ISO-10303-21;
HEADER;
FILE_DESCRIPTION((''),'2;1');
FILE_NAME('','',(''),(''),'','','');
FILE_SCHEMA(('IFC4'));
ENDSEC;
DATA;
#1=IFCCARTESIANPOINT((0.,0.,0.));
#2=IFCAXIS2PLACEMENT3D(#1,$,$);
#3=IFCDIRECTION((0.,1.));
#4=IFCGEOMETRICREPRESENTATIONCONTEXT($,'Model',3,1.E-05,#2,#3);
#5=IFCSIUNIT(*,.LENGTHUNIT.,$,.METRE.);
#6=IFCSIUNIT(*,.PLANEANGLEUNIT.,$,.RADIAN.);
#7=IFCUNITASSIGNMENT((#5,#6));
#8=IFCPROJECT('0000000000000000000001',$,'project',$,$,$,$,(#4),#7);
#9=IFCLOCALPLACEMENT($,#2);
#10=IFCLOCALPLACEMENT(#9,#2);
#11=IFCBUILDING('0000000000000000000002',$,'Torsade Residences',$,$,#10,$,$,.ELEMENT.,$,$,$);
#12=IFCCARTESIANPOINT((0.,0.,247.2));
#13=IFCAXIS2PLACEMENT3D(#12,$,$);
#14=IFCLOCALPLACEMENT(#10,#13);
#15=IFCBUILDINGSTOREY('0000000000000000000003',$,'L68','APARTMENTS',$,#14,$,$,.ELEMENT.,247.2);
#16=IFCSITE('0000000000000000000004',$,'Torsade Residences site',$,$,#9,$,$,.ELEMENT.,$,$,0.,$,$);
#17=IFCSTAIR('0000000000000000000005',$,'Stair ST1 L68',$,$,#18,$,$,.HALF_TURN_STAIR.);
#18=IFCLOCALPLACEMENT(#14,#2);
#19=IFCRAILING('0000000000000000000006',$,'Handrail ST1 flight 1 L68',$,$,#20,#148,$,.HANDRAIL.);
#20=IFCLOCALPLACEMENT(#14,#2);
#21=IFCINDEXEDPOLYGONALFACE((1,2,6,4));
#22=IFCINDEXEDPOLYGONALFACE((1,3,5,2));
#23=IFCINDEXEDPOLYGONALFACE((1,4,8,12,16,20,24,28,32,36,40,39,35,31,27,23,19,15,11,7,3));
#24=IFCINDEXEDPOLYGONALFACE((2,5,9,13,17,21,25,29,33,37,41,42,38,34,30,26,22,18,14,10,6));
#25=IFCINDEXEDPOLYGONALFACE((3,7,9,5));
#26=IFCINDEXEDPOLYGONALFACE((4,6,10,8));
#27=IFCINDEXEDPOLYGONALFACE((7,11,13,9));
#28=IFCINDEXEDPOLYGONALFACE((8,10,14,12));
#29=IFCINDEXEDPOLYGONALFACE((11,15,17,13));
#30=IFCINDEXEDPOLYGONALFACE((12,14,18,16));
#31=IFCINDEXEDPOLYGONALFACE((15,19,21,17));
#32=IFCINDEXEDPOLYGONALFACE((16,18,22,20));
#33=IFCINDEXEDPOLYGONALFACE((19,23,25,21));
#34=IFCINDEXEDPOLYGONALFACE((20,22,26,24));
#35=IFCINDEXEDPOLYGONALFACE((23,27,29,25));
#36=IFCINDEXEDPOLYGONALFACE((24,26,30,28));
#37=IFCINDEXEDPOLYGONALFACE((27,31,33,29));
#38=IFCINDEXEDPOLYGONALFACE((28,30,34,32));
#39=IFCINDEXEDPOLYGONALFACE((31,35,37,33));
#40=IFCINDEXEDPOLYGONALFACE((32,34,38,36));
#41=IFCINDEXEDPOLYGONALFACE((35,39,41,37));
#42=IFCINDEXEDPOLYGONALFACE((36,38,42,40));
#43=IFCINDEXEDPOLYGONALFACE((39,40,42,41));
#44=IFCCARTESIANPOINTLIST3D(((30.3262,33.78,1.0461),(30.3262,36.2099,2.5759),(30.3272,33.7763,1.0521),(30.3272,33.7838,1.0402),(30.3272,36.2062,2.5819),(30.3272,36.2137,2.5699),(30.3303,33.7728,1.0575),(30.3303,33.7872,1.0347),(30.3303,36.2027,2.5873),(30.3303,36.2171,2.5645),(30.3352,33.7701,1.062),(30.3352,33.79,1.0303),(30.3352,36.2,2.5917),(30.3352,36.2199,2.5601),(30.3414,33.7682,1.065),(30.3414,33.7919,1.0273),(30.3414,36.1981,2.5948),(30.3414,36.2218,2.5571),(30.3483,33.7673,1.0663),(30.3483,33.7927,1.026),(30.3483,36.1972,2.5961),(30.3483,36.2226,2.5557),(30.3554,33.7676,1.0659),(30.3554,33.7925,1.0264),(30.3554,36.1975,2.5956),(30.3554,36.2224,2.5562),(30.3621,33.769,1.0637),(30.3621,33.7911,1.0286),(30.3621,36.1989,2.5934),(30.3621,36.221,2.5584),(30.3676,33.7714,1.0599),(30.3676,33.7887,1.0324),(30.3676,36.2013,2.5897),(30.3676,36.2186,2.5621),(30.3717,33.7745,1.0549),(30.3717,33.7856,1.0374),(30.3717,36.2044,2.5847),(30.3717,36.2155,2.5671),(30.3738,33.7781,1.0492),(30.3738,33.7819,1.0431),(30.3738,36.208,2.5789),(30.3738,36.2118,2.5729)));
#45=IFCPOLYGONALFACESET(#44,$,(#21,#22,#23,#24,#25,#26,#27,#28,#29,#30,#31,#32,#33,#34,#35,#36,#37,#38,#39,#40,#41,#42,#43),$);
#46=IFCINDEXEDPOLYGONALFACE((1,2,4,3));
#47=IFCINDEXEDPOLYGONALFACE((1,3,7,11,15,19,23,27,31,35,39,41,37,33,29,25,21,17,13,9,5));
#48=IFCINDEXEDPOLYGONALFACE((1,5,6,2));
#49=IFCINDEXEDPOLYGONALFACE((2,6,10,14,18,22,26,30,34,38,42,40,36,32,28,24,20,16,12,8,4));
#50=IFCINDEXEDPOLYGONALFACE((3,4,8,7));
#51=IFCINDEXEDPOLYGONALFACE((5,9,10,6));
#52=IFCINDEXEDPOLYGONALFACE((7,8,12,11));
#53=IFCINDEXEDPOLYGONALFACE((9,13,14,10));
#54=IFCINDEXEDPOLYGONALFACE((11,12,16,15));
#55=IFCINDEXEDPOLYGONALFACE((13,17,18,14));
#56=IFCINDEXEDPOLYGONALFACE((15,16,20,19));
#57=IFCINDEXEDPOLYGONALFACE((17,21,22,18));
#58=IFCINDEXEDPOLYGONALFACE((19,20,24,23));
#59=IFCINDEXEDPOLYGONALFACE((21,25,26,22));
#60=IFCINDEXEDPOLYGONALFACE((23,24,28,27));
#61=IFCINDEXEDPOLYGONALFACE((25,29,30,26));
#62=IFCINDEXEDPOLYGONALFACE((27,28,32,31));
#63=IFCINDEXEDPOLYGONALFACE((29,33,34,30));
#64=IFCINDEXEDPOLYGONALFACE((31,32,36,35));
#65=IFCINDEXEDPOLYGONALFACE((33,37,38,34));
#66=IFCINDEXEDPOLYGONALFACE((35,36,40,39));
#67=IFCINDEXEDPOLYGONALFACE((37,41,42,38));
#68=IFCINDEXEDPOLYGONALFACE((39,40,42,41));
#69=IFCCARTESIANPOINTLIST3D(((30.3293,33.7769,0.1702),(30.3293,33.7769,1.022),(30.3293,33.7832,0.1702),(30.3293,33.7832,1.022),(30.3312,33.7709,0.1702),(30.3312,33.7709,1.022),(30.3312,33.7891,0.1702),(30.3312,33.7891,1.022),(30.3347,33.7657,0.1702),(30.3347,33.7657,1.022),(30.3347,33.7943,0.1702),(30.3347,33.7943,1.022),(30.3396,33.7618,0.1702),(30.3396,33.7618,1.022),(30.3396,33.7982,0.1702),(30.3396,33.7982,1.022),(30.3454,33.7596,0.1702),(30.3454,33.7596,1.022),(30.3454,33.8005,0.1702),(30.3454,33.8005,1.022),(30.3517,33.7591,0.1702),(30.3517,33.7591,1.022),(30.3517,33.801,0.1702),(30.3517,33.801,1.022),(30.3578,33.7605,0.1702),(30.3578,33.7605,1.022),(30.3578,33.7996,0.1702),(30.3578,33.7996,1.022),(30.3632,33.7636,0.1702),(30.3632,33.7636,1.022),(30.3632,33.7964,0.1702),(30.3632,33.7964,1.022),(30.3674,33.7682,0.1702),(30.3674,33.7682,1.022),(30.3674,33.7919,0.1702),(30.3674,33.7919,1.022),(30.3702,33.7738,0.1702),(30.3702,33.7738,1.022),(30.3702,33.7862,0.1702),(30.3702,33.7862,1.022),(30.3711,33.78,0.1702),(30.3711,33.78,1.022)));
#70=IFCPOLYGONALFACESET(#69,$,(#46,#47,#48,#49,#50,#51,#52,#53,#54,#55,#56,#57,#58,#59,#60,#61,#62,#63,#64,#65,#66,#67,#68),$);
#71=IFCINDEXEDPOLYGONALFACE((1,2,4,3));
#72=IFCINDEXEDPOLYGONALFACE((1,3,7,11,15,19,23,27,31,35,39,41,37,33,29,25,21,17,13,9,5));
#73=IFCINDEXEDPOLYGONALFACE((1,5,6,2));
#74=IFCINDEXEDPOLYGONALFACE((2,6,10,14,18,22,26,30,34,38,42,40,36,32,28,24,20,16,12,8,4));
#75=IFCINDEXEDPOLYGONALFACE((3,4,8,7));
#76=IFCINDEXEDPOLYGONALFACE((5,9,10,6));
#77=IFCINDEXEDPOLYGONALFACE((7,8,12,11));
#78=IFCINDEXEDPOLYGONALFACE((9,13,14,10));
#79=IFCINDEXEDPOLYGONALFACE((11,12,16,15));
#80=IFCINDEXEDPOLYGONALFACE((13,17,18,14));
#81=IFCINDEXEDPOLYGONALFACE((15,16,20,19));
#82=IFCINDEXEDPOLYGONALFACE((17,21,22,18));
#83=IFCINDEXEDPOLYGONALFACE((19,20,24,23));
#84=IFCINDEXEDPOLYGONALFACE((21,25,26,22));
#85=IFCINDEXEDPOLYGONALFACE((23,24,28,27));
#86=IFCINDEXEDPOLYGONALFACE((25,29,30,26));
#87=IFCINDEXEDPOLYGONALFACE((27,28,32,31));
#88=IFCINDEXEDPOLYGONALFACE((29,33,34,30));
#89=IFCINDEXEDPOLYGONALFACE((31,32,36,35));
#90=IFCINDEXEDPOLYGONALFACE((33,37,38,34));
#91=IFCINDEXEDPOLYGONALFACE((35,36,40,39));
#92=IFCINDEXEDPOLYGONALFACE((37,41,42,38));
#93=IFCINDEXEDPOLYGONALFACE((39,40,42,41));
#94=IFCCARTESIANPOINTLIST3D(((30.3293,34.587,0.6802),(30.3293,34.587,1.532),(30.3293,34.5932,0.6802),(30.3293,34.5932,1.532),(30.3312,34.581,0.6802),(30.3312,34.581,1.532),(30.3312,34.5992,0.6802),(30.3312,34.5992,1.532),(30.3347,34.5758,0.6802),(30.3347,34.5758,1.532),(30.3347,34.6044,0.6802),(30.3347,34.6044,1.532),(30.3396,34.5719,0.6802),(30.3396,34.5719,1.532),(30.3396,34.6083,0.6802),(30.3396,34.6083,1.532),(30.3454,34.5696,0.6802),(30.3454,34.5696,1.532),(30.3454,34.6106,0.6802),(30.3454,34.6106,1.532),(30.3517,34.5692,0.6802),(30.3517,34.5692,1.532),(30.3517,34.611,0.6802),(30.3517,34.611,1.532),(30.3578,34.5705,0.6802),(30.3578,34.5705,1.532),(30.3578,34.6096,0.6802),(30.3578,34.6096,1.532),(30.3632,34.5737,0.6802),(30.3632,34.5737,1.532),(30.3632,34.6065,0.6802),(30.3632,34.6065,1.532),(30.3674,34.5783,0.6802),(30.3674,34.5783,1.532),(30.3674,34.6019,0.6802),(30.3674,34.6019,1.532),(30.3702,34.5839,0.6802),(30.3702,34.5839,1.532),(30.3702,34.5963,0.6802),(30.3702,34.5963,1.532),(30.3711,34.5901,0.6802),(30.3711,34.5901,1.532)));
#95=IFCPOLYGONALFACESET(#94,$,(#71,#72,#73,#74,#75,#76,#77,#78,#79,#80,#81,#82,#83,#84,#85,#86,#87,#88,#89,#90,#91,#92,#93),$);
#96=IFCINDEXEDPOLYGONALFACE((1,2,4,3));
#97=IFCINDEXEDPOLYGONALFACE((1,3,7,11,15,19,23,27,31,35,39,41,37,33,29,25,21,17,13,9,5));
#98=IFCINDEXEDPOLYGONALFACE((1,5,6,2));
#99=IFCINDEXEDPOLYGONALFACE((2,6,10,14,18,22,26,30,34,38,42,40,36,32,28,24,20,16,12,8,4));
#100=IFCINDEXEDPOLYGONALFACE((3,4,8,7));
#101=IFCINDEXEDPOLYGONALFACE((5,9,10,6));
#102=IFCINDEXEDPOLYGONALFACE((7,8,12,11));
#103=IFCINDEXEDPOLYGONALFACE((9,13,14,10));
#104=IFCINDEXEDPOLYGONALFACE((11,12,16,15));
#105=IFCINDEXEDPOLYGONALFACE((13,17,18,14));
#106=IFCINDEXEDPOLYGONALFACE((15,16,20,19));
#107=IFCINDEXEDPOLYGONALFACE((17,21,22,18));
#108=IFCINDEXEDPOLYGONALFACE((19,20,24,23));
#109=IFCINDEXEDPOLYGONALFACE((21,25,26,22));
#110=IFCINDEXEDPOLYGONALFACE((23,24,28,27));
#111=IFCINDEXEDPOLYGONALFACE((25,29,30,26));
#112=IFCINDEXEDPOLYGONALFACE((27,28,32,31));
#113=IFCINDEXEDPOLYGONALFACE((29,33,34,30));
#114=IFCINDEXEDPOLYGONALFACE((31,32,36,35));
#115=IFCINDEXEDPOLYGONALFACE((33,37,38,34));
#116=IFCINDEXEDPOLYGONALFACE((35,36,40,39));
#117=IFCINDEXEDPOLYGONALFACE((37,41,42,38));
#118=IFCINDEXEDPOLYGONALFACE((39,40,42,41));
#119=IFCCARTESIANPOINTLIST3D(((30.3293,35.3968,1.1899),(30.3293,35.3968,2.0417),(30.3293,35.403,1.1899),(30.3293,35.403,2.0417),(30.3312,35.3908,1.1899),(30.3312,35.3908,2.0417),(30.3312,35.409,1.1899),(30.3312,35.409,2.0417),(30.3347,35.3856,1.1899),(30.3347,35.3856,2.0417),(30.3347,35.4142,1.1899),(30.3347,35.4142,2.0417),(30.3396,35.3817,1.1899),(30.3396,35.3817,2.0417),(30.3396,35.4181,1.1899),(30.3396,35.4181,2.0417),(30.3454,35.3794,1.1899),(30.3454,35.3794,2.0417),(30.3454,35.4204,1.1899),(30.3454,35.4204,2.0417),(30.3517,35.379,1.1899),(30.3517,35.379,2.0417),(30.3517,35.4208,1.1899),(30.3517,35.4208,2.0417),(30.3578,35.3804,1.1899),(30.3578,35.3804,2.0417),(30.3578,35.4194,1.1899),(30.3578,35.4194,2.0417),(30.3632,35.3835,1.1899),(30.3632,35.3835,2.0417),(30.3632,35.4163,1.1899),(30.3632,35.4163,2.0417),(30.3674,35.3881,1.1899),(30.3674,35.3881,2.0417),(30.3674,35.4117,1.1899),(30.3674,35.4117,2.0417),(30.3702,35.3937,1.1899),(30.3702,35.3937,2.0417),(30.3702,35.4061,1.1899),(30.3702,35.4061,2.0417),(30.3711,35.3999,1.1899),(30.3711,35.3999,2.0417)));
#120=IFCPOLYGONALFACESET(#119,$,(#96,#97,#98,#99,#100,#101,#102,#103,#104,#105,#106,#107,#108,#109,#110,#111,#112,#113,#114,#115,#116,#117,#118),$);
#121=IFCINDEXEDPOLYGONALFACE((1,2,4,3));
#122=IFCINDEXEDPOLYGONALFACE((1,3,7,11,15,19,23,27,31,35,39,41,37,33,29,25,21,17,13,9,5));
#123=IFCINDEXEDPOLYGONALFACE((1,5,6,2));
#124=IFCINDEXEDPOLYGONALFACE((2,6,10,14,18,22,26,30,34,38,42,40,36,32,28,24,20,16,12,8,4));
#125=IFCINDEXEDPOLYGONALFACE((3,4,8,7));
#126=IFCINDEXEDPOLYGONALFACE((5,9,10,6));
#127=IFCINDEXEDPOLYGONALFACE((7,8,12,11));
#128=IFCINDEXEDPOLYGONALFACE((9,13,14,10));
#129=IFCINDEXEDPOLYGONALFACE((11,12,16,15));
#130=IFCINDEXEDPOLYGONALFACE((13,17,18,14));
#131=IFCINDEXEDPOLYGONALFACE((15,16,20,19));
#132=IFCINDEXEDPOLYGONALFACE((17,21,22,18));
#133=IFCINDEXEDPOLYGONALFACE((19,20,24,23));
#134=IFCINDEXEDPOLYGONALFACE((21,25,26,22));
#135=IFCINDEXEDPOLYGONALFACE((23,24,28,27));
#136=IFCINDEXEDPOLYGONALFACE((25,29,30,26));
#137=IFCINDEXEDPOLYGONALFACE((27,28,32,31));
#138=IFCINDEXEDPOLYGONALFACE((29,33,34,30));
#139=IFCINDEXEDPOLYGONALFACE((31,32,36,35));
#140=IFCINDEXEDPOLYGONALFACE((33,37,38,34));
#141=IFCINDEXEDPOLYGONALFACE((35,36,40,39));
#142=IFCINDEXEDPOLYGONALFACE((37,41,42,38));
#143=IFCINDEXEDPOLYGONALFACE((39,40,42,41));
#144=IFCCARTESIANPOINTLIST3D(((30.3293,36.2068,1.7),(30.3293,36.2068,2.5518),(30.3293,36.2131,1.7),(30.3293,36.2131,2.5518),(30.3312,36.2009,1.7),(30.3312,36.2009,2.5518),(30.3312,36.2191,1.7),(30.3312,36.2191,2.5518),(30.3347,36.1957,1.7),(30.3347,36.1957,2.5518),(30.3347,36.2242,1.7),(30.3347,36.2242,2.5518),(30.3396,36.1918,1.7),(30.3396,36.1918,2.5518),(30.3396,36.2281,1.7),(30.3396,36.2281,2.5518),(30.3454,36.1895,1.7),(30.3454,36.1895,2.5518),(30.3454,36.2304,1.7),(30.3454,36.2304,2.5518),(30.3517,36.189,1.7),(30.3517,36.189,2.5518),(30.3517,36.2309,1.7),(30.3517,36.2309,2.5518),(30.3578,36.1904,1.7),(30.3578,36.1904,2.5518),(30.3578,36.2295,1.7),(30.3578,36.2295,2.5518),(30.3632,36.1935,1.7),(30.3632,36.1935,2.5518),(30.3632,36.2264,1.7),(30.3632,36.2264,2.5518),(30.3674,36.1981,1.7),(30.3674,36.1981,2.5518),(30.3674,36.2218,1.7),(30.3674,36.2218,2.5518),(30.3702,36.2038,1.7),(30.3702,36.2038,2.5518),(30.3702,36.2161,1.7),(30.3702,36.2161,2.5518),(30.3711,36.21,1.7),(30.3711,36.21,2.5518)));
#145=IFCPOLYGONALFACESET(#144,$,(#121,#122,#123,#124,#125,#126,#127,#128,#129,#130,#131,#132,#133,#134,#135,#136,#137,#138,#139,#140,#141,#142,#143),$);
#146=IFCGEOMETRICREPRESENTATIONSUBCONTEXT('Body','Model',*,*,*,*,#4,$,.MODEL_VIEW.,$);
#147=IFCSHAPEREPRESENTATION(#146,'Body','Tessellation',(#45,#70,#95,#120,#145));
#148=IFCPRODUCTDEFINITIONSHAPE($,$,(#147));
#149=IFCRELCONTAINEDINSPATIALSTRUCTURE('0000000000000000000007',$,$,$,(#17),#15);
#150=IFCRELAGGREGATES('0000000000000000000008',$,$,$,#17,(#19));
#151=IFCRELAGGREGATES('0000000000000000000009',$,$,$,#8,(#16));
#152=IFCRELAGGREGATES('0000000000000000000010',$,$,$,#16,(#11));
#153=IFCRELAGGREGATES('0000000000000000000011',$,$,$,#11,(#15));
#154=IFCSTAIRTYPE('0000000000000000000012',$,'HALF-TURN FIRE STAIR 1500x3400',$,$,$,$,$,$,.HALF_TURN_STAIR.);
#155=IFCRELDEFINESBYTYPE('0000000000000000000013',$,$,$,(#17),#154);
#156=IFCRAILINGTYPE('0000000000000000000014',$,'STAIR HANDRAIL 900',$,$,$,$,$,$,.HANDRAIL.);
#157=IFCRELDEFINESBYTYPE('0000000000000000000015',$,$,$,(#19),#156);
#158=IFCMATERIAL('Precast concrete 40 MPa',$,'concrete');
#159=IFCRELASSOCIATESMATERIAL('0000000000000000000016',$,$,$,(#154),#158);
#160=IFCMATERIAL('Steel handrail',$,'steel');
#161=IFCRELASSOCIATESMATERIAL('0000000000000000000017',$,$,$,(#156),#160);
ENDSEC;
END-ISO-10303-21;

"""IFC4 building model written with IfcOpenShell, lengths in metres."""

from ifc_helpers import new_model, si_unit, direction, frame, origin, origin_2d, place, context, subcontext, project, spatial, circle, extrude, material, type_object, element, aggregate, save


model = new_model("IFC4")

# Units and contexts
model_context = context("Model", 3, precision=1e-05, world=origin(), true_north=direction((0.0, 1.0)))
body_context = subcontext(model_context, "Body", "Model", "MODEL_VIEW")
ifc_project = project(units=[si_unit("LENGTHUNIT", "METRE"), si_unit("PLANEANGLEUNIT", "RADIAN")], contexts=[model_context])

# Site, building, storey
site_placement = place(None, origin())
site = spatial("IfcSite", under=ifc_project, at=site_placement, Name="Torsade Residences site", CompositionType="ELEMENT", RefElevation=0.0)
building_placement = place(site_placement, origin())
building = spatial("IfcBuilding", under=site, at=building_placement, Name="Torsade Residences", CompositionType="ELEMENT")
storey_placement = place(building_placement, frame((0.0, 0.0, 247.2)))
storey = spatial("IfcBuildingStorey", under=building, at=storey_placement, Name="L68", Description="APARTMENTS", CompositionType="ELEMENT", Elevation=247.2)

# Stair, railing
ifc_material_1 = material(Name="Precast concrete 40 MPa", Category="concrete")
stair_type = type_object("IfcStairType", Name="HALF-TURN FIRE STAIR 1500x3400", PredefinedType="HALF_TURN_STAIR", material=ifc_material_1)
stair_placement = place(storey_placement, origin())
stair = element("IfcStair", 1, at=stair_placement, inside=storey, type_object=stair_type, Name="Stair ST1 L68", PredefinedType="HALF_TURN_STAIR")
ifc_material_2 = material(Name="Steel handrail", Category="steel")
railing_type = type_object("IfcRailingType", Name="STAIR HANDRAIL 900", PredefinedType="HANDRAIL", material=ifc_material_2)
railing_1_placement = place(storey_placement, frame((30.3501, 33.78, 0.1702)))
railing_1 = element("IfcRailing", 2, at=railing_1_placement, type_object=railing_type, Name="Handrail ST1 flight 1 L68", PredefinedType="HANDRAIL", context=body_context, shape_type="SweptSolid", body=[
    extrude(circle(Radius=0.0239, at=origin_2d()), frame((0.0, 0.0, 0.876), z_axis=(0.0, 0.84626, 0.53277), x_axis=(-1.0, 0.0, 0.0)), (0.0, 0.0, 1.0), 2.8713),
    extrude(circle(Radius=0.021, at=origin_2d()), origin(), (0.0, 0.0, 1.0), 0.8518),
    extrude(circle(Radius=0.021, at=origin_2d()), frame((0.0, 0.8101, 0.51)), (0.0, 0.0, 1.0), 0.8518),
    extrude(circle(Radius=0.021, at=origin_2d()), frame((0.0, 1.6199, 1.0198)), (0.0, 0.0, 1.0), 0.8518),
    extrude(circle(Radius=0.021, at=origin_2d()), frame((0.0, 2.4299, 1.5298)), (0.0, 0.0, 1.0), 0.8518),
])
aggregate(stair, [railing_1])

save(model, "model.ifc")
